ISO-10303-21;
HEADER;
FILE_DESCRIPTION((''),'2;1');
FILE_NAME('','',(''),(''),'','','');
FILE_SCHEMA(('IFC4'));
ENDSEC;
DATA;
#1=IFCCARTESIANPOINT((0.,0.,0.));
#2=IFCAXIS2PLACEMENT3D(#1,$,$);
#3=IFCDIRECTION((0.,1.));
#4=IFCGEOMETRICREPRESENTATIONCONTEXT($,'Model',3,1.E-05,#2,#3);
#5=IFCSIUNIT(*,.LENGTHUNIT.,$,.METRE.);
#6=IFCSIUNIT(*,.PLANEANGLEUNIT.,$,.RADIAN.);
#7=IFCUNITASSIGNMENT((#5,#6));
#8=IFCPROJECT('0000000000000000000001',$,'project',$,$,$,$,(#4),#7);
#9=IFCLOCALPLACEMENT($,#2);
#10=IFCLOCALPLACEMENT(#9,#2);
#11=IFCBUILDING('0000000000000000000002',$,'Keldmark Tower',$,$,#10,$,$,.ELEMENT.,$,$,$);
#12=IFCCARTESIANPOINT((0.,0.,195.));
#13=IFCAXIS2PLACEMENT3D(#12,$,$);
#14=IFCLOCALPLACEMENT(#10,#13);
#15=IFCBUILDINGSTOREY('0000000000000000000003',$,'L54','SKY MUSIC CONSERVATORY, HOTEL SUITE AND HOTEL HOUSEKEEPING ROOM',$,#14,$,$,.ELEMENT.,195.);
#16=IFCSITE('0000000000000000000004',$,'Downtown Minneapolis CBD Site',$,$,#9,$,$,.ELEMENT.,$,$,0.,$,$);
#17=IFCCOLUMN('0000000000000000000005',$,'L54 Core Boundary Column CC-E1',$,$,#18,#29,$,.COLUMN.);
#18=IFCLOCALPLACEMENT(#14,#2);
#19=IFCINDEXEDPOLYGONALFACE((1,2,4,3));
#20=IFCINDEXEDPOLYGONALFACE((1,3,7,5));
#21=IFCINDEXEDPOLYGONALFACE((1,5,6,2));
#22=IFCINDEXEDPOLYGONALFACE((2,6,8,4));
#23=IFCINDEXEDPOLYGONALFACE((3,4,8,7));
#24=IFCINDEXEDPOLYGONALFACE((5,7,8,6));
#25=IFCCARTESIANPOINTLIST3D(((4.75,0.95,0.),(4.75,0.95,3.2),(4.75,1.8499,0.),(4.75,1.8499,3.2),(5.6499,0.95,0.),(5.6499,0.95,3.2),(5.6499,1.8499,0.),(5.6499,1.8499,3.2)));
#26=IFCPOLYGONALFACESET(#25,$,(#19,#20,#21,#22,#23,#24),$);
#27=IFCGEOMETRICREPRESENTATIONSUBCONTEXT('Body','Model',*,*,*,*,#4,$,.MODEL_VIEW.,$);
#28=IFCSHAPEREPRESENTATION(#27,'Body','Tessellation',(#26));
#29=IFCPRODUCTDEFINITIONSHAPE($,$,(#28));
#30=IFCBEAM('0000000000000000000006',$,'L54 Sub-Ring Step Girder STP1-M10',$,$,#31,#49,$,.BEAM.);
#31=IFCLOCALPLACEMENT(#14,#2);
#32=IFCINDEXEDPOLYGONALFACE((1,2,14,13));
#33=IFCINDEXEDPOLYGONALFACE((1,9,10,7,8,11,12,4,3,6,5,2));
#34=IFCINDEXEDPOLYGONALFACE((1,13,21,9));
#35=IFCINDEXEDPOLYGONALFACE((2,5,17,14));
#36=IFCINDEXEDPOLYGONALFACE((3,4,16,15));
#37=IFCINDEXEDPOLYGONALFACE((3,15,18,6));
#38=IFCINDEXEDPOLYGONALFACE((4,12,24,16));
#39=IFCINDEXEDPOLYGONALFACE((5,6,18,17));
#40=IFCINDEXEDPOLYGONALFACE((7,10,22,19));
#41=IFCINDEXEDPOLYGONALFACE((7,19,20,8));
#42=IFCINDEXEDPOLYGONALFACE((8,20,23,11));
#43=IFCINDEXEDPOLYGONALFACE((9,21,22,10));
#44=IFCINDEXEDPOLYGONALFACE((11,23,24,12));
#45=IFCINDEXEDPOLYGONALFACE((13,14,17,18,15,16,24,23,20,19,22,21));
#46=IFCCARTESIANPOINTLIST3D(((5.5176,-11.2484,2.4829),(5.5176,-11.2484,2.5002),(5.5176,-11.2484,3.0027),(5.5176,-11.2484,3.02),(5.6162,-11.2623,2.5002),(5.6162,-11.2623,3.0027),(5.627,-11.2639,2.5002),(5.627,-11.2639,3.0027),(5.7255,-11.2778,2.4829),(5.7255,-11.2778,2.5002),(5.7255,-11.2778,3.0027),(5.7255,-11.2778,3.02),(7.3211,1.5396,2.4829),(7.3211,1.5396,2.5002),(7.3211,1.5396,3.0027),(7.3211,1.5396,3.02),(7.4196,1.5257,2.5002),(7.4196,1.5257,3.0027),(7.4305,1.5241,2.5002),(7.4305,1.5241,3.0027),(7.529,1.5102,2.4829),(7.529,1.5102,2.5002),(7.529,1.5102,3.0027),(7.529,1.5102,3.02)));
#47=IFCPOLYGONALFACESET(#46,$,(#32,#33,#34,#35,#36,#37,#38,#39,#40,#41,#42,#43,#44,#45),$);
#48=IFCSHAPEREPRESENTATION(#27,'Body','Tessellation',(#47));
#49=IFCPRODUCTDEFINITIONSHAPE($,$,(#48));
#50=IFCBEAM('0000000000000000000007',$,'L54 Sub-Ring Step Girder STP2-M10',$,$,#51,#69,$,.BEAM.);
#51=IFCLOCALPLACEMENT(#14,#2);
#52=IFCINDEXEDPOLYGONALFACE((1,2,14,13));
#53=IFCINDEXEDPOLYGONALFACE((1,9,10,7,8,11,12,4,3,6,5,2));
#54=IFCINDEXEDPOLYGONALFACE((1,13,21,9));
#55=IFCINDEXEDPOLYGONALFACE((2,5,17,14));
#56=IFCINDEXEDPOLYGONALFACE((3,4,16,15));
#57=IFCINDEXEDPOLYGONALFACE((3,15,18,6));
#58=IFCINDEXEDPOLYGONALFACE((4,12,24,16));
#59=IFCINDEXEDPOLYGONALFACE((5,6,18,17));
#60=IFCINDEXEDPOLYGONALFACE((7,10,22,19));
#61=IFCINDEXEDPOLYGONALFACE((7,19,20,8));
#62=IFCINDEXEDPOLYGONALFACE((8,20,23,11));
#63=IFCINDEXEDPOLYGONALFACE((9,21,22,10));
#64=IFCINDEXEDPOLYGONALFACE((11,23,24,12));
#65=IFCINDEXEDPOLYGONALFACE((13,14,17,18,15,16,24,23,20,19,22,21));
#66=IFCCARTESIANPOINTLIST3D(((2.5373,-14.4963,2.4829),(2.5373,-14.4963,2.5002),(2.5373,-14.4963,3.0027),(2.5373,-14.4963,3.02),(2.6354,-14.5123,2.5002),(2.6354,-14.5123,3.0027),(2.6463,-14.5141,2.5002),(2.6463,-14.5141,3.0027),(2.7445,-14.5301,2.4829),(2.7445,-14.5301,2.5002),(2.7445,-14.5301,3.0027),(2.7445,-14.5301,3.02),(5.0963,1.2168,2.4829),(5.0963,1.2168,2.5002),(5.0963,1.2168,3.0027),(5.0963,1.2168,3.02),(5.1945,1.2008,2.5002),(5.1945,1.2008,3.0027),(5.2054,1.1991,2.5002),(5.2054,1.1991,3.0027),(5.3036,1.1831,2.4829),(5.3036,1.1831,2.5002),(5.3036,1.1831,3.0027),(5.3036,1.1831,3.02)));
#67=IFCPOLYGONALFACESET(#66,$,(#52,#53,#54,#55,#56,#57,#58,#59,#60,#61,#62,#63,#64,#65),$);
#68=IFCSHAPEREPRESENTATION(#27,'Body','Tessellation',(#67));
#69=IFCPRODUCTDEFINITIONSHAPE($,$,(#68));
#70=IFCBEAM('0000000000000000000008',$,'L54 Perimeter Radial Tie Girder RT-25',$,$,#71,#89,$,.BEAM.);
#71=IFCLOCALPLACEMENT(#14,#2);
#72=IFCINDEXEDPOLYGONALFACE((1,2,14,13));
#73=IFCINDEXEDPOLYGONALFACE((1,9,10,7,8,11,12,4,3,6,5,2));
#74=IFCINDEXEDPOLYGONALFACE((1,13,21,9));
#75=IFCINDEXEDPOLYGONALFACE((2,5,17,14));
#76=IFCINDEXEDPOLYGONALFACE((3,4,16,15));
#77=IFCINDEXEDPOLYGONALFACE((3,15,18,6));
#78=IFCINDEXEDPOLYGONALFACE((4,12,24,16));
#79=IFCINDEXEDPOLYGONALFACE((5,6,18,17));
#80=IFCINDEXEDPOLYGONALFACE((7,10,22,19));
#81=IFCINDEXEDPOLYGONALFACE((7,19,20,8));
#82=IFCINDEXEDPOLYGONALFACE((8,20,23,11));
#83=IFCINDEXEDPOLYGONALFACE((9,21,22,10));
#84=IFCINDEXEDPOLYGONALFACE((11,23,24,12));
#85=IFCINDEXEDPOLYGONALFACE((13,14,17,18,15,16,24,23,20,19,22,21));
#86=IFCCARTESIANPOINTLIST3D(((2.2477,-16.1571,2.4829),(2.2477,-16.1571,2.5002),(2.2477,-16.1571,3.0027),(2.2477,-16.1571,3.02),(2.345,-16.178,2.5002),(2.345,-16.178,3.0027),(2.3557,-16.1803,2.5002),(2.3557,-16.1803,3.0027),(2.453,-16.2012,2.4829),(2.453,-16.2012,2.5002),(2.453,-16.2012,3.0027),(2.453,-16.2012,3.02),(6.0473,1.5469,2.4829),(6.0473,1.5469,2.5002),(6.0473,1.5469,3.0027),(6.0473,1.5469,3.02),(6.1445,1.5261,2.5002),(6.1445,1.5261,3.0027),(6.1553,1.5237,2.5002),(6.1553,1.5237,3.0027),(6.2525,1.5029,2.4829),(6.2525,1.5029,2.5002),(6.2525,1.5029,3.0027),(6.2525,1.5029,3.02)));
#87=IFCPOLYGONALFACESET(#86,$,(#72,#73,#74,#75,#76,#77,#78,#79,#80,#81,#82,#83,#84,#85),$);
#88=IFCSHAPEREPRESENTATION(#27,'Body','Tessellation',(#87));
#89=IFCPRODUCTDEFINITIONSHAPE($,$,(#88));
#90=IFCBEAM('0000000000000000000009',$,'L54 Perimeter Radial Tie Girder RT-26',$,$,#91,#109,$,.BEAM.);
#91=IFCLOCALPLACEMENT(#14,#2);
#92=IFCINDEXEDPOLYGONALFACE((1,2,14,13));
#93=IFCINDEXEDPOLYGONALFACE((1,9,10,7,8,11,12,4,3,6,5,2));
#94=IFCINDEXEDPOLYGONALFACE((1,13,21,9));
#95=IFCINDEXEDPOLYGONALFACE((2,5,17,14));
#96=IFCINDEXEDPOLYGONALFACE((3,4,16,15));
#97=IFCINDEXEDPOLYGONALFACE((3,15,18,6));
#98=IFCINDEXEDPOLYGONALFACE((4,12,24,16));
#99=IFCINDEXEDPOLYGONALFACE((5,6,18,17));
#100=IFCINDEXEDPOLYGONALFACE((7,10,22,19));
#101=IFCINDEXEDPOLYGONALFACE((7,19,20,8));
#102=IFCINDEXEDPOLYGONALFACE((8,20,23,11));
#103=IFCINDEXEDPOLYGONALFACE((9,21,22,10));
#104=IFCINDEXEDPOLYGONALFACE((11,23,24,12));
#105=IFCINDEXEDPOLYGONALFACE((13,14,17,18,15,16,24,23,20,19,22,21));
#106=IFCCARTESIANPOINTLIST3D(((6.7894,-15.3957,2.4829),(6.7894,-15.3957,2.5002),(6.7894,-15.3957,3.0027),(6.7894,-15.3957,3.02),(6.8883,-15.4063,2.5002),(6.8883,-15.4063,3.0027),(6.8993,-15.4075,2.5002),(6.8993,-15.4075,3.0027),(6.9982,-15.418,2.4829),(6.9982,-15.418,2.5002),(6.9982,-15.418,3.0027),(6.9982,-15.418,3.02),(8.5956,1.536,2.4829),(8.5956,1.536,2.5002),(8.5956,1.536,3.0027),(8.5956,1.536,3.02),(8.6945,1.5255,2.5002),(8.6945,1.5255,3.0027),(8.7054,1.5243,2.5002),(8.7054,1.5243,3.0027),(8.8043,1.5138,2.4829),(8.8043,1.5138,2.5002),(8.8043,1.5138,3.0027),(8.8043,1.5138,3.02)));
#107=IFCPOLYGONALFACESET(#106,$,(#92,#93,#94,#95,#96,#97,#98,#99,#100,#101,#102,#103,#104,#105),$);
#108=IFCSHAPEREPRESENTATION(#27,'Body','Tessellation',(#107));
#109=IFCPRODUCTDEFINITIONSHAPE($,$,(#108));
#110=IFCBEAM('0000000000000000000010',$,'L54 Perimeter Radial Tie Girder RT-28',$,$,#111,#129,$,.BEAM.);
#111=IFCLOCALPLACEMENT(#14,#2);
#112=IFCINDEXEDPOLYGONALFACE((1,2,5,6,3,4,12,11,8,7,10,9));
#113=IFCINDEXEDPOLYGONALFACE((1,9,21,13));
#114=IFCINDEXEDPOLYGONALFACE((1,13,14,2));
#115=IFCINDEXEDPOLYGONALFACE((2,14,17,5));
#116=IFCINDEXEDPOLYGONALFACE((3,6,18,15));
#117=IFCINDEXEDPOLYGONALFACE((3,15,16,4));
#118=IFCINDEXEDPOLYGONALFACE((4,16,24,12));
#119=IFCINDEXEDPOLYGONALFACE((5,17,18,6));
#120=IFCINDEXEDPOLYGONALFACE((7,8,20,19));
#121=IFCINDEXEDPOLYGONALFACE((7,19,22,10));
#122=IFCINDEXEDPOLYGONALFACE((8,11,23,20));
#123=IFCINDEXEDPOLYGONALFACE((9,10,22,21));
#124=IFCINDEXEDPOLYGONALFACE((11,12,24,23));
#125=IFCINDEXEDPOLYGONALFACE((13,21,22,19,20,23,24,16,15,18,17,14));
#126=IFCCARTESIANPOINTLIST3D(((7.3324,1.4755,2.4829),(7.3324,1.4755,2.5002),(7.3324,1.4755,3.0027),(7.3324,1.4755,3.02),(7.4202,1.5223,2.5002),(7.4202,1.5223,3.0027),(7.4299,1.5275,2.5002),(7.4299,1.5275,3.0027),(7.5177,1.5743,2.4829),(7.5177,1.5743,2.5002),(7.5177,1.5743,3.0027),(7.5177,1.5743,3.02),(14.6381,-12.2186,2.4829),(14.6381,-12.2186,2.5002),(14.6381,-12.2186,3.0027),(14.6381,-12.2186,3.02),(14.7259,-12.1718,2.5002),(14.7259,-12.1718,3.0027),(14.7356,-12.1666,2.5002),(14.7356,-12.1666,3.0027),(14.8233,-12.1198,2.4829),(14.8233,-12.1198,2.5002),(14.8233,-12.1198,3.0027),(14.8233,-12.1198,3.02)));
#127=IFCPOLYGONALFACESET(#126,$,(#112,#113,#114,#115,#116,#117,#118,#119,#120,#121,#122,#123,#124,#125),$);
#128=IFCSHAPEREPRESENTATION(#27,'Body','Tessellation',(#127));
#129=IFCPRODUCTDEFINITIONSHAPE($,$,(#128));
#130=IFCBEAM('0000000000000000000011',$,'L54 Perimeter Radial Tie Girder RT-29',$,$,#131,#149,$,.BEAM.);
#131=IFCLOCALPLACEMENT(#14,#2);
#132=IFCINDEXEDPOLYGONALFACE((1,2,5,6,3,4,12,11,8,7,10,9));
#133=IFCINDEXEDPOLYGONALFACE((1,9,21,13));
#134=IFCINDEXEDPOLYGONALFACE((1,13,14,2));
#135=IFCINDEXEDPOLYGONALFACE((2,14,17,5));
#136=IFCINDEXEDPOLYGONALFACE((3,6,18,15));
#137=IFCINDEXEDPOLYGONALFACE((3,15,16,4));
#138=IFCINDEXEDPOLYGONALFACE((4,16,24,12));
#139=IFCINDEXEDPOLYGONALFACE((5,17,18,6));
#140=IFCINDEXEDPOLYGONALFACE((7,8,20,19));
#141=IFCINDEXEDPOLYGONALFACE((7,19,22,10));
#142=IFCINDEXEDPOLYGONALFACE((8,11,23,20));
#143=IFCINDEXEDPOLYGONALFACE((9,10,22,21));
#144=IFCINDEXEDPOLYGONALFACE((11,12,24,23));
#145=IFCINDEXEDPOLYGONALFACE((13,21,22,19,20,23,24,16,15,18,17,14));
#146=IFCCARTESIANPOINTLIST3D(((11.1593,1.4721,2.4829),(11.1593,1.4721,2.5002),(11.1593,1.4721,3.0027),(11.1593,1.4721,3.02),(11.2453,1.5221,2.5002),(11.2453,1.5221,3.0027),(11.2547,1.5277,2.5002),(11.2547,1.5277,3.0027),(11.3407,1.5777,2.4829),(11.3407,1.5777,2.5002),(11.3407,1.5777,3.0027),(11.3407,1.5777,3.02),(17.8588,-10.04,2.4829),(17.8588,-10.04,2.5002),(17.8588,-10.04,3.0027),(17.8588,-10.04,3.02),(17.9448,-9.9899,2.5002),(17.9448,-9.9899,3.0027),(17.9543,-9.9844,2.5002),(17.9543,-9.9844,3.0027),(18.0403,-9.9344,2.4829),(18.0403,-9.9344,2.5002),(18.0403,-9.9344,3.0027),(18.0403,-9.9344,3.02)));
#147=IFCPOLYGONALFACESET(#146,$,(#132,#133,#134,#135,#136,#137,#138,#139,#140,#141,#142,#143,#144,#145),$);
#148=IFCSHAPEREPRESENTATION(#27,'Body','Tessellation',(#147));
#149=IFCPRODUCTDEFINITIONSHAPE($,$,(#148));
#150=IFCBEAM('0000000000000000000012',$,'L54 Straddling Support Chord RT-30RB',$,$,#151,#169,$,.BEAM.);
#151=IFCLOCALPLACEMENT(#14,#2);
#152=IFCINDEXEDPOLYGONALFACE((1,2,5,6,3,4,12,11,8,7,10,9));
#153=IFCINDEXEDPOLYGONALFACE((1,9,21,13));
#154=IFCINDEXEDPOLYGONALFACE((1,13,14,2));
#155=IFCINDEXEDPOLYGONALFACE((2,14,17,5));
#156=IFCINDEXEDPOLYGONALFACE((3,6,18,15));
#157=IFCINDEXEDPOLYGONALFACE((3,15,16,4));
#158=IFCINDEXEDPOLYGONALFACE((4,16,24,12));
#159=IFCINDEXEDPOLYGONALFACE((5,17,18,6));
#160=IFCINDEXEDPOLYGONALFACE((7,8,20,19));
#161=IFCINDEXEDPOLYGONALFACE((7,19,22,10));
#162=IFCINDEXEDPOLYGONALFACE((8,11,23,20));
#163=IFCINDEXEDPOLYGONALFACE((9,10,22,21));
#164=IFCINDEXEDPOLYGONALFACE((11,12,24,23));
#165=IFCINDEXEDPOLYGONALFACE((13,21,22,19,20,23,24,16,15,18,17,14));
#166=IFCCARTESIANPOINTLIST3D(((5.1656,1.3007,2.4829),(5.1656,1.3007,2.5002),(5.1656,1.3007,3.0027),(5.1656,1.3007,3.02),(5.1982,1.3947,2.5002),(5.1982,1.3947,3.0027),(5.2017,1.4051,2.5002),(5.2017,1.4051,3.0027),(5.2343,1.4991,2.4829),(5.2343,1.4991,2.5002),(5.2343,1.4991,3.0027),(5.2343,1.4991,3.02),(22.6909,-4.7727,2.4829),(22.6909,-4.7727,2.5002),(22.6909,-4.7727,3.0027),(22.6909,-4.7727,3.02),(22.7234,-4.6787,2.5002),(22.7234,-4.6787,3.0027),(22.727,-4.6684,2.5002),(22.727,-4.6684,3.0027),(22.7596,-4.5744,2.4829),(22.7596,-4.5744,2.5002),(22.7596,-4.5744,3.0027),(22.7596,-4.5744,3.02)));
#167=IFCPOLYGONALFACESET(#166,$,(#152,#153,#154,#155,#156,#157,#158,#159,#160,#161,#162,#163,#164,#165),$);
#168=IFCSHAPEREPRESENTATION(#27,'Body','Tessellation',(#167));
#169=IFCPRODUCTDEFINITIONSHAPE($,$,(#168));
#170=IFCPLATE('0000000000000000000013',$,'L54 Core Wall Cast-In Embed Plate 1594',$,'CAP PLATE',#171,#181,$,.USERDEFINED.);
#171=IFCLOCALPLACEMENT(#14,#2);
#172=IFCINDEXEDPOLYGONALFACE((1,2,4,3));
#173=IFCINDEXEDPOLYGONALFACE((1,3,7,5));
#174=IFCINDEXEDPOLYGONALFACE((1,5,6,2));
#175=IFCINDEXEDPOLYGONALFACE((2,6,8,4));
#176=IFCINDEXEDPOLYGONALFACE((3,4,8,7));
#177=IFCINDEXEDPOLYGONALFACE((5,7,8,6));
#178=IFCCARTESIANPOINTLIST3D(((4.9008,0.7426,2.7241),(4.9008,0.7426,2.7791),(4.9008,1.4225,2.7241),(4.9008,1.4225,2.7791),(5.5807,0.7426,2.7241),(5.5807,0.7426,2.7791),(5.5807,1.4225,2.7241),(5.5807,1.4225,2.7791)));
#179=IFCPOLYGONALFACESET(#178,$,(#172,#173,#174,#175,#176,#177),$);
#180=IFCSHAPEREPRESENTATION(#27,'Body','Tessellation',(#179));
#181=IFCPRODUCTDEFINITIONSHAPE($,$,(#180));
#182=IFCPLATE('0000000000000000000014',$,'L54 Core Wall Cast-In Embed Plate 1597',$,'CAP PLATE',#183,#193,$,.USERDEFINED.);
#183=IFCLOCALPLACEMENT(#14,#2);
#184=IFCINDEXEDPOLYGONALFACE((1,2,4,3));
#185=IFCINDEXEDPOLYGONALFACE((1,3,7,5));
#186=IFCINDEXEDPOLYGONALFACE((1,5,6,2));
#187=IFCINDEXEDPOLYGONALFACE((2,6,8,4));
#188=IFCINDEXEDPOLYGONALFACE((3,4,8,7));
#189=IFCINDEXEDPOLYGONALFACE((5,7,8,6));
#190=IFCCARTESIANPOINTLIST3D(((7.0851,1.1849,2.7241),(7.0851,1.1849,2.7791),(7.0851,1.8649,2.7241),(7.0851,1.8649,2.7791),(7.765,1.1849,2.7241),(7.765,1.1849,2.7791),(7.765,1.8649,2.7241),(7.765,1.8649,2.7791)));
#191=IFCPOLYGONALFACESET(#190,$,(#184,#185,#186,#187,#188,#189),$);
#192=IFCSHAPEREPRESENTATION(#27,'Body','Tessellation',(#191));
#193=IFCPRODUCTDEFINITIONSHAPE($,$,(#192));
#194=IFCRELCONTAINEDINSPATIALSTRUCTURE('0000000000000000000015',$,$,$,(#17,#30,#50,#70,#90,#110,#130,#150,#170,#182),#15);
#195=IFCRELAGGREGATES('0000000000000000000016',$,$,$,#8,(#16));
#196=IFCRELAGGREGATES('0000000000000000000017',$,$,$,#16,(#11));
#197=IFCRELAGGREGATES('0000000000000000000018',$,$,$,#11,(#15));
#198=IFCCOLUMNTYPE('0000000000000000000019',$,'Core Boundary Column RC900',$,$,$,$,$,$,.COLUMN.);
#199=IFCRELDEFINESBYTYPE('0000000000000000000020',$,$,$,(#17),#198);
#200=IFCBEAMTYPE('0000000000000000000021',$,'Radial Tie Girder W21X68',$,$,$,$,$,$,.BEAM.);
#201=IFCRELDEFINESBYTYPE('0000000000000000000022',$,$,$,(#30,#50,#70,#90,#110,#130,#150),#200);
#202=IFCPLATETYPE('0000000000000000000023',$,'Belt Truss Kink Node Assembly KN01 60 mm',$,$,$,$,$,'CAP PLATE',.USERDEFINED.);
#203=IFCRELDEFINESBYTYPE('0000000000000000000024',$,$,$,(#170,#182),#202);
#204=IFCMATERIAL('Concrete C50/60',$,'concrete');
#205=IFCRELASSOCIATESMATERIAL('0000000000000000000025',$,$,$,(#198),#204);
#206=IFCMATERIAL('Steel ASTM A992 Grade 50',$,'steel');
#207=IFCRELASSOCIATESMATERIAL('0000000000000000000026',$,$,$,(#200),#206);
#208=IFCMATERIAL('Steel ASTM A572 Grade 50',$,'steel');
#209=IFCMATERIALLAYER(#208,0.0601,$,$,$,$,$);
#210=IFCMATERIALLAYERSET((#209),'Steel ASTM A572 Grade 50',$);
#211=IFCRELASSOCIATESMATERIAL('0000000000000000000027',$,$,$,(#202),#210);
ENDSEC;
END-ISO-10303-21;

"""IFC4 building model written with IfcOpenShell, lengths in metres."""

from ifc_helpers import new_model, si_unit, direction, frame, origin, origin_2d, place, context, subcontext, project, spatial, rectangle, i_section, extrude, material, layer, layer_set, material_profile, profile_set, type_object, element, save


model = new_model("IFC4")

# Units and contexts
model_context = context("Model", 3, precision=1e-05, world=origin(), true_north=direction((0.0, 1.0)))
body_context = subcontext(model_context, "Body", "Model", "MODEL_VIEW")
ifc_project = project(units=[si_unit("LENGTHUNIT", "METRE"), si_unit("PLANEANGLEUNIT", "RADIAN")], contexts=[model_context])

# Site, building, storey
site_placement = place(None, origin())
site = spatial("IfcSite", under=ifc_project, at=site_placement, Name="Downtown Minneapolis CBD Site", CompositionType="ELEMENT", RefElevation=0.0)
building_placement = place(site_placement, origin())
building = spatial("IfcBuilding", under=site, at=building_placement, Name="Keldmark Tower", CompositionType="ELEMENT")
storey_placement = place(building_placement, frame((0.0, 0.0, 195.0)))
storey = spatial("IfcBuildingStorey", under=building, at=storey_placement, Name="L54", Description="SKY MUSIC CONSERVATORY, HOTEL SUITE AND HOTEL HOUSEKEEPING ROOM", CompositionType="ELEMENT", Elevation=195.0)

# Column
ifc_material_1 = material(Name="Concrete C50/60", Category="concrete")
ifc_material_profile_1 = material_profile(ifc_material_1, rectangle(XDim=0.8999, YDim=0.8999, at=origin_2d()), Name="RC900X900")
ifc_profile_set_1 = profile_set([ifc_material_profile_1], Name="Concrete C50/60")
column_type = type_object("IfcColumnType", Name="Core Boundary Column RC900", PredefinedType="COLUMN", material=ifc_profile_set_1)
column_placement = place(storey_placement, frame((5.2, 1.3999, 0.0), z_axis=(0.0, 0.0, 1.0), x_axis=(1.0, 0.0, 0.0)))
element("IfcColumn", 1, at=column_placement, inside=storey, type_object=column_type, Name="L54 Core Boundary Column CC-E1", PredefinedType="COLUMN", context=body_context, shape_type="SweptSolid", body=[
    extrude(rectangle(XDim=0.8999, YDim=0.8999, at=origin_2d()), origin(), (0.0, 0.0, 1.0), 3.2),
])

# Beams
ifc_material_2 = material(Name="Steel ASTM A992 Grade 50", Category="steel")
ifc_material_profile_2 = material_profile(ifc_material_2, i_section(OverallWidth=0.21, OverallDepth=0.5371, WebThickness=0.011, FlangeThickness=0.0173, at=origin_2d()), Name="W21X68")
ifc_profile_set_2 = profile_set([ifc_material_profile_2], Name="Steel ASTM A992 Grade 50")
beam_type = type_object("IfcBeamType", Name="Radial Tie Girder W21X68", PredefinedType="BEAM", material=ifc_profile_set_2)
beam_1_placement = place(storey_placement, frame((7.425, 1.5249, 2.7515), z_axis=(-0.139645, -0.990202, 0.0), x_axis=(0.990202, -0.139645, 0.0)))
element("IfcBeam", 2, at=beam_1_placement, inside=storey, type_object=beam_type, Name="L54 Sub-Ring Step Girder STP1-M10", PredefinedType="BEAM", context=body_context, shape_type="SweptSolid", body=[
    extrude(i_section(OverallWidth=0.21, OverallDepth=0.5371, WebThickness=0.011, FlangeThickness=0.0173, at=origin_2d()), origin(), (0.0, 0.0, 1.0), 12.9146),
])
beam_2_placement = place(storey_placement, frame((5.2, 1.2, 2.7515), z_axis=(-0.160745, -0.986996, 0.0), x_axis=(0.986996, -0.160745, 0.0)))
element("IfcBeam", 3, at=beam_2_placement, inside=storey, type_object=beam_type, Name="L54 Sub-Ring Step Girder STP2-M10", PredefinedType="BEAM", context=body_context, shape_type="SweptSolid", body=[
    extrude(i_section(OverallWidth=0.21, OverallDepth=0.5371, WebThickness=0.011, FlangeThickness=0.0173, at=origin_2d()), origin(), (0.0, 0.0, 1.0), 15.9202),
])
beam_3_placement = place(storey_placement, frame((6.1499, 1.5249, 2.7515), z_axis=(-0.209837, -0.977736, 0.0), x_axis=(0.977736, -0.209837, 0.0)))
element("IfcBeam", 4, at=beam_3_placement, inside=storey, type_object=beam_type, Name="L54 Perimeter Radial Tie Girder RT-25", PredefinedType="BEAM", context=body_context, shape_type="SweptSolid", body=[
    extrude(i_section(OverallWidth=0.21, OverallDepth=0.5371, WebThickness=0.011, FlangeThickness=0.0173, at=origin_2d()), origin(), (0.0, 0.0, 1.0), 18.1072),
])
beam_4_placement = place(storey_placement, frame((8.7, 1.5249, 2.7515), z_axis=(-0.10607, -0.994359, 0.0), x_axis=(0.994359, -0.10607, 0.0)))
element("IfcBeam", 5, at=beam_4_placement, inside=storey, type_object=beam_type, Name="L54 Perimeter Radial Tie Girder RT-26", PredefinedType="BEAM", context=body_context, shape_type="SweptSolid", body=[
    extrude(i_section(OverallWidth=0.21, OverallDepth=0.5371, WebThickness=0.011, FlangeThickness=0.0173, at=origin_2d()), origin(), (0.0, 0.0, 1.0), 17.0278),
])
beam_5_placement = place(storey_placement, frame((7.425, 1.5249, 2.7515), z_axis=(0.470696, -0.882295, 0.0), x_axis=(0.882295, 0.470696, 0.0)))
element("IfcBeam", 6, at=beam_5_placement, inside=storey, type_object=beam_type, Name="L54 Perimeter Radial Tie Girder RT-28", PredefinedType="BEAM", context=body_context, shape_type="SweptSolid", body=[
    extrude(i_section(OverallWidth=0.21, OverallDepth=0.5371, WebThickness=0.011, FlangeThickness=0.0173, at=origin_2d()), origin(), (0.0, 0.0, 1.0), 15.521),
])
beam_6_placement = place(storey_placement, frame((11.25, 1.5249, 2.7515), z_axis=(0.502983, -0.864296, 0.0), x_axis=(0.864296, 0.502983, 0.0)))
element("IfcBeam", 7, at=beam_6_placement, inside=storey, type_object=beam_type, Name="L54 Perimeter Radial Tie Girder RT-29", PredefinedType="BEAM", context=body_context, shape_type="SweptSolid", body=[
    extrude(i_section(OverallWidth=0.21, OverallDepth=0.5371, WebThickness=0.011, FlangeThickness=0.0173, at=origin_2d()), origin(), (0.0, 0.0, 1.0), 13.3196),
])
beam_7_placement = place(storey_placement, frame((5.2, 1.3999, 2.7515), z_axis=(0.944869, -0.327448, 0.0), x_axis=(0.327448, 0.944869, 0.0)))
element("IfcBeam", 8, at=beam_7_placement, inside=storey, type_object=beam_type, Name="L54 Straddling Support Chord RT-30RB", PredefinedType="BEAM", context=body_context, shape_type="SweptSolid", body=[
    extrude(i_section(OverallWidth=0.21, OverallDepth=0.5371, WebThickness=0.011, FlangeThickness=0.0173, at=origin_2d()), origin(), (0.0, 0.0, 1.0), 18.5479),
])

# Plates
ifc_material_3 = material(Name="Steel ASTM A572 Grade 50", Category="steel")
ifc_layer_1 = layer(ifc_material_3, 0.0601)
ifc_layer_set_1 = layer_set([ifc_layer_1], Name="Steel ASTM A572 Grade 50")
plate_type = type_object("IfcPlateType", Name="Belt Truss Kink Node Assembly KN01 60 mm", ElementType="CAP PLATE", PredefinedType="USERDEFINED", material=ifc_layer_set_1)
for number, where, z_axis, x_axis, name in (
    (9, (5.2407, 1.0825, 2.7241), (0.0, 0.0, 1.0), (1.0, 0.0, 0.0), "L54 Core Wall Cast-In Embed Plate 1594"),
    (10, (7.425, 1.5249, 2.7241), (0.0, 0.0, 1.0), (1.0, 0.0, 0.0), "L54 Core Wall Cast-In Embed Plate 1597"),
):
    element("IfcPlate", number, at=place(storey_placement, frame(where, z_axis=z_axis, x_axis=x_axis)), inside=storey, type_object=plate_type, Name=name, ObjectType="CAP PLATE", PredefinedType="USERDEFINED", context=body_context, shape_type="SweptSolid", body=[
        extrude(rectangle(XDim=0.6799, YDim=0.6799, at=origin_2d()), origin(), (0.0, 0.0, 1.0), 0.0549),
    ])

save(model, "model.ifc")
